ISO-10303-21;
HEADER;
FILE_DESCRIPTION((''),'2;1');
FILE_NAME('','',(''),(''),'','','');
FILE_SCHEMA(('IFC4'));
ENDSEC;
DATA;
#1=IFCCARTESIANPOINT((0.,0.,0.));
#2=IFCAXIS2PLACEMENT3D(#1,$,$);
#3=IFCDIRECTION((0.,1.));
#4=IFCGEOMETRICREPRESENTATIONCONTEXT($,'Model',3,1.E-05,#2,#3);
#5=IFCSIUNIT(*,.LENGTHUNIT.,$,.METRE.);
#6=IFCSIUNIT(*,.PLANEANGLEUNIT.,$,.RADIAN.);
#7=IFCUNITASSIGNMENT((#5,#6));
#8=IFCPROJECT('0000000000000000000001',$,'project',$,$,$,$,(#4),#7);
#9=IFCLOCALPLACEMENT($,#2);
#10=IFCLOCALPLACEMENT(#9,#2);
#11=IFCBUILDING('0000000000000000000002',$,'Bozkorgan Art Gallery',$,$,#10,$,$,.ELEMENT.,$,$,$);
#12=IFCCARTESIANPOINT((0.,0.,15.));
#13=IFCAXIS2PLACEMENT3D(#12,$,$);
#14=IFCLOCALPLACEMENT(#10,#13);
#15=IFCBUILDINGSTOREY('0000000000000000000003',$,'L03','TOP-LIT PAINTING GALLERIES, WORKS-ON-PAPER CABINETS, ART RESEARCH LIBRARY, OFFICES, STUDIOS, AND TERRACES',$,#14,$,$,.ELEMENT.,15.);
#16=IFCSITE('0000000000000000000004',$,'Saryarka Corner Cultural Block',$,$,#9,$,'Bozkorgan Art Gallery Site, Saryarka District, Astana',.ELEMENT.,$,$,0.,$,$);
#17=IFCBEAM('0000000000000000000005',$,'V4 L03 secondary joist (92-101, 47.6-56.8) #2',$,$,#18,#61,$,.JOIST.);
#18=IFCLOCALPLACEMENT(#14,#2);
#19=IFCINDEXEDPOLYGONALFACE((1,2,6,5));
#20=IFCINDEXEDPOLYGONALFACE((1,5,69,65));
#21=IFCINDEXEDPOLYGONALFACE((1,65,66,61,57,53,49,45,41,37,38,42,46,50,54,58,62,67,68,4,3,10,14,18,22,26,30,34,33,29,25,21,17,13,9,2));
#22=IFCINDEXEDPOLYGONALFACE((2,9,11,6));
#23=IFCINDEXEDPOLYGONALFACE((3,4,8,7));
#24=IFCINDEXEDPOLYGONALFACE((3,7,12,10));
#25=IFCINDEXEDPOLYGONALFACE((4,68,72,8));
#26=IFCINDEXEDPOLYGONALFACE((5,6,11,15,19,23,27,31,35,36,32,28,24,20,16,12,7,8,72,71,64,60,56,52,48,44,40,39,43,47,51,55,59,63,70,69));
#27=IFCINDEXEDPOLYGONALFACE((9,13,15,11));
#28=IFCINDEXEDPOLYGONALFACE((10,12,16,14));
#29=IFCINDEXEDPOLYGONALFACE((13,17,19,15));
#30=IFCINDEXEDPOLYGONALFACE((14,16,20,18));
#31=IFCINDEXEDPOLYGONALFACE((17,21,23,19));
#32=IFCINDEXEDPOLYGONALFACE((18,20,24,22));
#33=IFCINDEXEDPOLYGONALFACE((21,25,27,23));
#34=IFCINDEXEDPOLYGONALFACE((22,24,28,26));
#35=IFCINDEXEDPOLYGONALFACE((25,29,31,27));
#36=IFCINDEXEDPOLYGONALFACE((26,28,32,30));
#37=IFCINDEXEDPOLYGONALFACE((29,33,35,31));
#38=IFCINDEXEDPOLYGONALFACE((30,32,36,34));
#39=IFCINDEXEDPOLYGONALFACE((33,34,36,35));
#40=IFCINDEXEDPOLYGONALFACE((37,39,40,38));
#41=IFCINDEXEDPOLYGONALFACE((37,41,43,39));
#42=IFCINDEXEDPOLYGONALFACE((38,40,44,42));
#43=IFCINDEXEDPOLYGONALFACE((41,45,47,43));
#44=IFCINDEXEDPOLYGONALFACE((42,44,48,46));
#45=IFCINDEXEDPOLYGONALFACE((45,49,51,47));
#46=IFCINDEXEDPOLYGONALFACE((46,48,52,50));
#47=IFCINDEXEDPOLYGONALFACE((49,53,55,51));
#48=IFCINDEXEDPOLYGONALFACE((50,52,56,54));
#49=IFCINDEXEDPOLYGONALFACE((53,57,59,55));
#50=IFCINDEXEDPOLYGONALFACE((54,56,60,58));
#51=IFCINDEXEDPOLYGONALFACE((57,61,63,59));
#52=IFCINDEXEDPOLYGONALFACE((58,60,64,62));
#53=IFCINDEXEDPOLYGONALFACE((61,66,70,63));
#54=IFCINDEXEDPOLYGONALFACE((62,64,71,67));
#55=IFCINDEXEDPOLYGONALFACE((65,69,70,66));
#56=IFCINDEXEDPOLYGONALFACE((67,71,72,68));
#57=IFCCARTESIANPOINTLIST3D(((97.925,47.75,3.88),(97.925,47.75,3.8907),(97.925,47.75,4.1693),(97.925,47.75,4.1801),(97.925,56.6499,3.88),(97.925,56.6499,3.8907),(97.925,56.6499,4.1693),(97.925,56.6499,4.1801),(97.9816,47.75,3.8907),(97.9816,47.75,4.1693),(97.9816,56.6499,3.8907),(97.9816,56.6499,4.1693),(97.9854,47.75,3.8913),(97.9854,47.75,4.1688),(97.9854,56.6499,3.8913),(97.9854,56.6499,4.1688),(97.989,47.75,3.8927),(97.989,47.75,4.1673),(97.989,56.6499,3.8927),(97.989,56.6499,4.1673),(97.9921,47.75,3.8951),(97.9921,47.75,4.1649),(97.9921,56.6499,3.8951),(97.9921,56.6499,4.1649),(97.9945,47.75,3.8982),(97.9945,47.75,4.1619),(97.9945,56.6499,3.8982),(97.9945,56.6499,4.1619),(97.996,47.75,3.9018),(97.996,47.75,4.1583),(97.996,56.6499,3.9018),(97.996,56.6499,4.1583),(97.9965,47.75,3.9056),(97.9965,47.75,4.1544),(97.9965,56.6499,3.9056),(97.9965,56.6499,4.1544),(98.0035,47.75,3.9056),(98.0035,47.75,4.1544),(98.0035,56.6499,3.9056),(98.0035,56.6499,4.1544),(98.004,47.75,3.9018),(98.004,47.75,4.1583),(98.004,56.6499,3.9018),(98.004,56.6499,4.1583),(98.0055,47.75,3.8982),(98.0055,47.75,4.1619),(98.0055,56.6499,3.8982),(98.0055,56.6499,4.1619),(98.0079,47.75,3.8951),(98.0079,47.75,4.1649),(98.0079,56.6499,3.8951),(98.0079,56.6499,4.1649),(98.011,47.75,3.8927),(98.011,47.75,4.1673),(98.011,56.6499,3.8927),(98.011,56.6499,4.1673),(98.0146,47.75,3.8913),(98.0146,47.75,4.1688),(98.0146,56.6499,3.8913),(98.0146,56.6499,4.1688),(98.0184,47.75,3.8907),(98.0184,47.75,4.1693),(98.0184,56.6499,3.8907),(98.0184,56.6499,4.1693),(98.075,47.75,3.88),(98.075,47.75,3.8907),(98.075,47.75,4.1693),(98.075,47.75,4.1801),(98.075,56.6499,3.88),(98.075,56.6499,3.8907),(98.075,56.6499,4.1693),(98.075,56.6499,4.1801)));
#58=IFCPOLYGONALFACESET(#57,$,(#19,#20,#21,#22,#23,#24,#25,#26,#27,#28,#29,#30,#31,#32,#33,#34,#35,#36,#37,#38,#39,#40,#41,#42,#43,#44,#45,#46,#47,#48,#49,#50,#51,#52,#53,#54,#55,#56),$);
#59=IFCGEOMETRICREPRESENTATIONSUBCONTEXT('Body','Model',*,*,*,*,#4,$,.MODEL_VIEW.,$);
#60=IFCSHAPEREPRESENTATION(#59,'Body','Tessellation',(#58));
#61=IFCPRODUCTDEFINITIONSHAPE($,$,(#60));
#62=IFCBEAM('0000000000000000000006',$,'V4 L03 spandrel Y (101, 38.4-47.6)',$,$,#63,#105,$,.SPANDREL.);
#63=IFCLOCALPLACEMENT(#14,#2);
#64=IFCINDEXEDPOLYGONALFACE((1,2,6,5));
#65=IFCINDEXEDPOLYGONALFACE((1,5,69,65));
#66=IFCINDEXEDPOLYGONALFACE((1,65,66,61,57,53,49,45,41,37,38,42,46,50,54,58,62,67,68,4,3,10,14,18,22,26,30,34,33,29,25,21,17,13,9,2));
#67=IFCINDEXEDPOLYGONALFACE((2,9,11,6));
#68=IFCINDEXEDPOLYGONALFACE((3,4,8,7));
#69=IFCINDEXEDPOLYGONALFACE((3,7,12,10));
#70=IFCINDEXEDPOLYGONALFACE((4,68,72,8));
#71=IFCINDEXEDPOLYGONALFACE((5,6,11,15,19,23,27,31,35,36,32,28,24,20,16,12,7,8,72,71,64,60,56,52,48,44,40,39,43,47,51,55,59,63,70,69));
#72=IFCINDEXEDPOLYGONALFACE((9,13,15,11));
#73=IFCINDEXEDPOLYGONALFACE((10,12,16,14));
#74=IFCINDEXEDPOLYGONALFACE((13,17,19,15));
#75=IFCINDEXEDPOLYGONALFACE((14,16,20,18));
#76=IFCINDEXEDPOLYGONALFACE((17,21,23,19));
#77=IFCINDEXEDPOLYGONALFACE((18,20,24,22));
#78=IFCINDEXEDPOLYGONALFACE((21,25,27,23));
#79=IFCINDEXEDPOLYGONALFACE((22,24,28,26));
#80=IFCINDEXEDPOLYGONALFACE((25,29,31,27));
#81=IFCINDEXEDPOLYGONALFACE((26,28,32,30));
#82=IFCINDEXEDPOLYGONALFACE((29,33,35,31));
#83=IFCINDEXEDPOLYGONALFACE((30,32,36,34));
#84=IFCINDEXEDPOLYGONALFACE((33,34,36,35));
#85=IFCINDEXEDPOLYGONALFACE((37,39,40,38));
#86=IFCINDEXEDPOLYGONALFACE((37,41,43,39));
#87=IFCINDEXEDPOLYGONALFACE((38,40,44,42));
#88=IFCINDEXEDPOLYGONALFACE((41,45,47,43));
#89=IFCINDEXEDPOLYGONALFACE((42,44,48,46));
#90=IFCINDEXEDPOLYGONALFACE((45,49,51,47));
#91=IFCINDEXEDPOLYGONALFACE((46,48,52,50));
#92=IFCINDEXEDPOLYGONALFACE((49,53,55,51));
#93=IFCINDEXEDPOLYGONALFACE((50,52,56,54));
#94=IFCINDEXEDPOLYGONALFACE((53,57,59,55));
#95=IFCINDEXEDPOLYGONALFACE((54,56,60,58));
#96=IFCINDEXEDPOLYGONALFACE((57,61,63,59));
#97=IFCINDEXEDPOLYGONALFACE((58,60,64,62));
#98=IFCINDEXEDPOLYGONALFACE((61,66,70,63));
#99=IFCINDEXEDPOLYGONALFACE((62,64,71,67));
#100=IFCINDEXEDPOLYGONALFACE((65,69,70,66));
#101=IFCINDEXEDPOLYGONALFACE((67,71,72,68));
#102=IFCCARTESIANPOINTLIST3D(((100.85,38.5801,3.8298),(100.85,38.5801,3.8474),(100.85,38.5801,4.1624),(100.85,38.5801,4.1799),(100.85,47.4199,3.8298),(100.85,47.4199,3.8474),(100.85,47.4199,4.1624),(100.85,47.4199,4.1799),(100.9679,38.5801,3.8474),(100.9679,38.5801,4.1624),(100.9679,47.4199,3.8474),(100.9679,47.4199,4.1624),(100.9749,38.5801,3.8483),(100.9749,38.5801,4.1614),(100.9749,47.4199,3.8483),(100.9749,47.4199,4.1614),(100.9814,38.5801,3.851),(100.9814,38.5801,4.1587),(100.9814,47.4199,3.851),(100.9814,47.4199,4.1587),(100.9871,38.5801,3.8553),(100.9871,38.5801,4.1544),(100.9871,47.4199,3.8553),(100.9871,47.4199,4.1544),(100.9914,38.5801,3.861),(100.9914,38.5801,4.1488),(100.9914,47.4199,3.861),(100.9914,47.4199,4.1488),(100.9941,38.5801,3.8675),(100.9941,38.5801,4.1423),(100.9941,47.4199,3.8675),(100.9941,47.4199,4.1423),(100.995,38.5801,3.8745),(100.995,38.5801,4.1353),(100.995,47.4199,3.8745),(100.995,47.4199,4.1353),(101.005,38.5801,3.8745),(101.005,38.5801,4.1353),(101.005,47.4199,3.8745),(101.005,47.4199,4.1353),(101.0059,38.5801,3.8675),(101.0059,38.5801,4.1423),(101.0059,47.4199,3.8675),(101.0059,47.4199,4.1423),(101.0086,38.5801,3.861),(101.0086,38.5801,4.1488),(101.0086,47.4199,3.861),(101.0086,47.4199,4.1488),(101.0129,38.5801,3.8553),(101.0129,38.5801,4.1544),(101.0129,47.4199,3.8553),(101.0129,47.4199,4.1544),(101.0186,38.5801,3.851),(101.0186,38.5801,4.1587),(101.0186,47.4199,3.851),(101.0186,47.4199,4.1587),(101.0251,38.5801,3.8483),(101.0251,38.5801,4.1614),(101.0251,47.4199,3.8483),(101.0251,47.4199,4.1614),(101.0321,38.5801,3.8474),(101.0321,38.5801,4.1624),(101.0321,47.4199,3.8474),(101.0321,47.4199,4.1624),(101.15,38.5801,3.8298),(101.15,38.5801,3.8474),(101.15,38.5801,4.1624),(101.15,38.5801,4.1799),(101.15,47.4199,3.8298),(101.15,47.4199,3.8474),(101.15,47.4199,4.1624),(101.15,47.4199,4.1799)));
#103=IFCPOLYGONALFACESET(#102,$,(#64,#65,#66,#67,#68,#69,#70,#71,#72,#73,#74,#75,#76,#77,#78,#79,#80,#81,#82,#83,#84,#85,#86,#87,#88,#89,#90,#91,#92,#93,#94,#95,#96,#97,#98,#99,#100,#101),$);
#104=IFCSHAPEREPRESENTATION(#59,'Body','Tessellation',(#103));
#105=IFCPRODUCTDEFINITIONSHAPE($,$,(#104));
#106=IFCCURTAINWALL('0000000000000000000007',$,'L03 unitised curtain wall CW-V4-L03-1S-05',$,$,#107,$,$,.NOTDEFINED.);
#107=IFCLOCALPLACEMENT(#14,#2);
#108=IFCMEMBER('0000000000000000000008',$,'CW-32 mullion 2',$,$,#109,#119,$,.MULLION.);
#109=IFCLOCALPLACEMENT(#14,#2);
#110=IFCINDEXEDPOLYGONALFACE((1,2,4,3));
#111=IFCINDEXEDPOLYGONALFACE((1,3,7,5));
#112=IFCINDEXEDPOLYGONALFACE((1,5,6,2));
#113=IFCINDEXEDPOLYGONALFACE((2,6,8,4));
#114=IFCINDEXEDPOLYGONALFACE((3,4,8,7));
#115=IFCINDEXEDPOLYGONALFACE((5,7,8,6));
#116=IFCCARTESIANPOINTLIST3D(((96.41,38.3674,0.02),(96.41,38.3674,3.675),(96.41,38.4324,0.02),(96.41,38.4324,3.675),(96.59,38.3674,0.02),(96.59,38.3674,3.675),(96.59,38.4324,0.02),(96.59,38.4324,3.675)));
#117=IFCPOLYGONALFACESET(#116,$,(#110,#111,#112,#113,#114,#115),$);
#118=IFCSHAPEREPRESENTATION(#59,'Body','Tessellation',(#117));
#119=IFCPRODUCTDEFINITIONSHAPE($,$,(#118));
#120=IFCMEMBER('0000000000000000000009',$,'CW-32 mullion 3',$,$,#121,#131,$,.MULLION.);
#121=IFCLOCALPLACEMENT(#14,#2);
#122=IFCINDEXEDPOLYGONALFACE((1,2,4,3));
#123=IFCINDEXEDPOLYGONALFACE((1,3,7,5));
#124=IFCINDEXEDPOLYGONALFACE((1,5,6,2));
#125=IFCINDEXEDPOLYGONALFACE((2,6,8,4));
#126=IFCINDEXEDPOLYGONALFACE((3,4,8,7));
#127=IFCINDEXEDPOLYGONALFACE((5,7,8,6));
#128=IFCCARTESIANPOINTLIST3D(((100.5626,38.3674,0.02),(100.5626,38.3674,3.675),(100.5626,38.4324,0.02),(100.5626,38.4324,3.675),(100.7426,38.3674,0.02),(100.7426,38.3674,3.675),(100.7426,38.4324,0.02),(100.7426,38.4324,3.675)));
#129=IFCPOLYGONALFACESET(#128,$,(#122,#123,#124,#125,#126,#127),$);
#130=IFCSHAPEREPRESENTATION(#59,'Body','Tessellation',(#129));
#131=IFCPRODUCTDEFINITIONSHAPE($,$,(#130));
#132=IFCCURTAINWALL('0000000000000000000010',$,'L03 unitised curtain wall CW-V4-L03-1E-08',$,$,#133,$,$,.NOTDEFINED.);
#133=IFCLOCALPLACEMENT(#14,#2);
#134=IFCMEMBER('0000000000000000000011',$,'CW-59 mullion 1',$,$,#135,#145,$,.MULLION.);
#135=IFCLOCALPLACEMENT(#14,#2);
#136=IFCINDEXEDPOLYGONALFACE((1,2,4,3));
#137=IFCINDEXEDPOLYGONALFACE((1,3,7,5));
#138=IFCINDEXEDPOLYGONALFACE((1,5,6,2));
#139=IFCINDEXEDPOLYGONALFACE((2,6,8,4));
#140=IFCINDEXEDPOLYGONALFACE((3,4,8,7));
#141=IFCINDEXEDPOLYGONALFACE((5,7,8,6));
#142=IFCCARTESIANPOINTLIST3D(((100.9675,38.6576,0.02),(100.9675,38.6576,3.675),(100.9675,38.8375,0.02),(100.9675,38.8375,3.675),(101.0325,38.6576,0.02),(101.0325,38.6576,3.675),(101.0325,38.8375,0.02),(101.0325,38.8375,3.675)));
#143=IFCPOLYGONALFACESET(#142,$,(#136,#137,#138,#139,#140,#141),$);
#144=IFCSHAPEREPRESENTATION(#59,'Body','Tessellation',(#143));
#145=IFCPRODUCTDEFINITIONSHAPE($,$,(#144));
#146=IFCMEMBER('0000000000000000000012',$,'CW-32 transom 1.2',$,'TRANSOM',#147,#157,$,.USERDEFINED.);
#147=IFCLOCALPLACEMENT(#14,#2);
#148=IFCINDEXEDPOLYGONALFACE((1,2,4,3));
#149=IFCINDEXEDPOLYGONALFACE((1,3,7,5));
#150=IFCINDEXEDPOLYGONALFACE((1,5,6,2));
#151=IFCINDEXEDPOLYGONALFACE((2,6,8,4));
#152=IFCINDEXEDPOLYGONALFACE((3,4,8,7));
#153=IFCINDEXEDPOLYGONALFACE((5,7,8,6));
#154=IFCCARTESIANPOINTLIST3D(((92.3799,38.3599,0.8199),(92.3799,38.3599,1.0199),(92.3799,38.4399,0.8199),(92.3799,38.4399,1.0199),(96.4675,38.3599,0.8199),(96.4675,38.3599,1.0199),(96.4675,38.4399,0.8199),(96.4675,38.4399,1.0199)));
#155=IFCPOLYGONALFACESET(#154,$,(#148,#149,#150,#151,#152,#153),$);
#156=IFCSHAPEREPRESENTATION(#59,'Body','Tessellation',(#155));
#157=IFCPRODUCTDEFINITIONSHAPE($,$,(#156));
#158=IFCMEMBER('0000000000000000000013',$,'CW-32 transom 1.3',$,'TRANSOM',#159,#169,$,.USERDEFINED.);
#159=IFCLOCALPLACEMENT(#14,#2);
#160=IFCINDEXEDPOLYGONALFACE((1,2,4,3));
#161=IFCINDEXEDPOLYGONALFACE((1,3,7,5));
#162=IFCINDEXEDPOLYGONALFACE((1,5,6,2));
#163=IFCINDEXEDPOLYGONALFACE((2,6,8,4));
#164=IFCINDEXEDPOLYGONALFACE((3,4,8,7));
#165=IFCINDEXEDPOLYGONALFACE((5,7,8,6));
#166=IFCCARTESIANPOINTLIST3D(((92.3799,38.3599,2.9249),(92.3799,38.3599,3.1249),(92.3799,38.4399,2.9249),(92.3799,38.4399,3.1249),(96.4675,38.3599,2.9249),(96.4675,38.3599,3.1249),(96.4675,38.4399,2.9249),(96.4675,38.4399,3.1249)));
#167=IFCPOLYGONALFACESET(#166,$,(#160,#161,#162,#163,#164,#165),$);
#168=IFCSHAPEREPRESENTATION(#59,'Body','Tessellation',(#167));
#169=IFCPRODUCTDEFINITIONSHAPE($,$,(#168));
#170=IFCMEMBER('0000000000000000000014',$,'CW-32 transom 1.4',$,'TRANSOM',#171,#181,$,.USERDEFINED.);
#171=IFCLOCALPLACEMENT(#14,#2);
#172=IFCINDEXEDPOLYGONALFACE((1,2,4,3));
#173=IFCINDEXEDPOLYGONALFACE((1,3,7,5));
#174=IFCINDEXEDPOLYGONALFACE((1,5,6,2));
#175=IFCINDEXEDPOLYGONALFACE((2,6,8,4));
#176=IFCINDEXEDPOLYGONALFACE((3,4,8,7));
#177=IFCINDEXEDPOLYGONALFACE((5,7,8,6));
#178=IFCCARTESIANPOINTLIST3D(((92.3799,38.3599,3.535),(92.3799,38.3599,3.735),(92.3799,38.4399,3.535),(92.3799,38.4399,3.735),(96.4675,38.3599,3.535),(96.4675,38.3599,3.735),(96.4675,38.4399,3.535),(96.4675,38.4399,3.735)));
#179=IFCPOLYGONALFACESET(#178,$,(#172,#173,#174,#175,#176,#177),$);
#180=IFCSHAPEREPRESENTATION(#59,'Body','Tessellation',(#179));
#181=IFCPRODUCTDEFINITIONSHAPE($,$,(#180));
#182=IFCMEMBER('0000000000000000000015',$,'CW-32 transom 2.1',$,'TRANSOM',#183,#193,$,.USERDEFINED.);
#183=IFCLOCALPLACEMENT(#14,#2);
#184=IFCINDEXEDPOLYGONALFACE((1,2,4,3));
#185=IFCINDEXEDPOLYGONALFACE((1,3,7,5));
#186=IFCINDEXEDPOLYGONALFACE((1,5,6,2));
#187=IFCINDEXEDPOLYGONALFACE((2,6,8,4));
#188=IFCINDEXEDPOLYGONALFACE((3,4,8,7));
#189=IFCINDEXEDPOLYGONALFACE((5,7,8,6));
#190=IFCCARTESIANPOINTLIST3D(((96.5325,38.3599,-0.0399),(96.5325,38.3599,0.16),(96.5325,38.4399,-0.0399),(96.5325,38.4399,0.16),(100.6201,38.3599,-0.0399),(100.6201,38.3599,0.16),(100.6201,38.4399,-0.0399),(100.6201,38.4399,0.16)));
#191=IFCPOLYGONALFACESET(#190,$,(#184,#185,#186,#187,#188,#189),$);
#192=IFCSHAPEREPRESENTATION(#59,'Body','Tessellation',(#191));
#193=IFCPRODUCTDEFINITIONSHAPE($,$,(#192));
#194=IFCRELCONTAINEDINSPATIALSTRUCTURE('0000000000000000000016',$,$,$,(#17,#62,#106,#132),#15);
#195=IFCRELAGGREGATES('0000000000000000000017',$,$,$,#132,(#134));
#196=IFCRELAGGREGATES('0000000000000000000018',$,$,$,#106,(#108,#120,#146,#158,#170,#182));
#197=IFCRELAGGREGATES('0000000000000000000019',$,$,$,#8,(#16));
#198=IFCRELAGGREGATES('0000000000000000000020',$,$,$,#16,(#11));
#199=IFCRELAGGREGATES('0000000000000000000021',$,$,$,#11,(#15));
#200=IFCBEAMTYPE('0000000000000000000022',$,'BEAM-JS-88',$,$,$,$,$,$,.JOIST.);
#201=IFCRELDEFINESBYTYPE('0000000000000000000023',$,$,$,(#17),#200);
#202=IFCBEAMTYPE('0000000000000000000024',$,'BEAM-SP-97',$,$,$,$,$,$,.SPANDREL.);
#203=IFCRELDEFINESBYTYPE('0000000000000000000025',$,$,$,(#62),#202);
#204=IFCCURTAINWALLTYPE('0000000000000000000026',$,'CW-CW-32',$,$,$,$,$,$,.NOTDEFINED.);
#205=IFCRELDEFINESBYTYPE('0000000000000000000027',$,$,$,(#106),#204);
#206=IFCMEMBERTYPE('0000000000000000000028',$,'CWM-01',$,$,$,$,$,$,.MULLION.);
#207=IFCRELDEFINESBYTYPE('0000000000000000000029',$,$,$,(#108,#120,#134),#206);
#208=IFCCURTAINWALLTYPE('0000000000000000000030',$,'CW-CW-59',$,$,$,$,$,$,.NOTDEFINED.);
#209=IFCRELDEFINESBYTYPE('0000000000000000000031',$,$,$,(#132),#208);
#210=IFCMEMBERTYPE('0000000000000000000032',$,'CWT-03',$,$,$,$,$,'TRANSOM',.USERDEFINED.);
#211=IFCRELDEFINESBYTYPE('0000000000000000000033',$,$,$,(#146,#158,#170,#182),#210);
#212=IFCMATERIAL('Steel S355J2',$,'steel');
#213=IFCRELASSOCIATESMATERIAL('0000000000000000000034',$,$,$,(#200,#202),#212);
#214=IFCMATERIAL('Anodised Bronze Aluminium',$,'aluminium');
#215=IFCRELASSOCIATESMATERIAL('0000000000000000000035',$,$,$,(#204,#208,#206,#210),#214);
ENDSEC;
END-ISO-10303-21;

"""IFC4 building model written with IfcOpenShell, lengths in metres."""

from ifc_helpers import new_model, si_unit, direction, frame, origin, origin_2d, place, context, subcontext, project, spatial, rectangle, i_section, extrude, material, material_profile, profile_set, type_object, element, aggregate, save


model = new_model("IFC4")

# Units and contexts
model_context = context("Model", 3, precision=1e-05, world=origin(), true_north=direction((0.0, 1.0)))
body_context = subcontext(model_context, "Body", "Model", "MODEL_VIEW")
ifc_project = project(units=[si_unit("LENGTHUNIT", "METRE"), si_unit("PLANEANGLEUNIT", "RADIAN")], contexts=[model_context])

# Site, building, storey
site_placement = place(None, origin())
site = spatial("IfcSite", under=ifc_project, at=site_placement, Name="Saryarka Corner Cultural Block", LongName="Bozkorgan Art Gallery Site, Saryarka District, Astana", CompositionType="ELEMENT", RefElevation=0.0)
building_placement = place(site_placement, origin())
building = spatial("IfcBuilding", under=site, at=building_placement, Name="Bozkorgan Art Gallery", CompositionType="ELEMENT")
storey_placement = place(building_placement, frame((0.0, 0.0, 15.0)))
storey = spatial("IfcBuildingStorey", under=building, at=storey_placement, Name="L03", Description="TOP-LIT PAINTING GALLERIES, WORKS-ON-PAPER CABINETS, ART RESEARCH LIBRARY, OFFICES, STUDIOS, AND TERRACES", CompositionType="ELEMENT", Elevation=15.0)

# Shared definitions
ifc_material_1 = material(Name="Steel S355J2", Category="steel")

# Beams
ifc_material_profile_1 = material_profile(ifc_material_1, i_section(OverallWidth=0.1499, OverallDepth=0.3, WebThickness=0.0071, FlangeThickness=0.0107, FilletRadius=0.0149, at=origin_2d()), Name="IPE 300")
ifc_profile_set_1 = profile_set([ifc_material_profile_1], Name="Steel S355J2")
beam_type_1 = type_object("IfcBeamType", Name="BEAM-JS-88", PredefinedType="JOIST", material=ifc_profile_set_1)
for number, where, z_axis, x_axis, name in (
    (1, (98.0, 47.75, 4.03), (0.0, 1.0, 0.0), (-1.0, 0.0, 0.0), "V4 L03 secondary joist (92-101, 47.6-56.8) #2"),
):
    element("IfcBeam", number, at=place(storey_placement, frame(where, z_axis=z_axis, x_axis=x_axis)), inside=storey, type_object=beam_type_1, Name=name, PredefinedType="JOIST", context=body_context, shape_type="SweptSolid", body=[
        extrude(i_section(OverallWidth=0.1499, OverallDepth=0.3, WebThickness=0.0071, FlangeThickness=0.0107, FilletRadius=0.0149, at=origin_2d()), origin(), (0.0, 0.0, 1.0), 8.8999),
    ])
ifc_material_profile_2 = material_profile(ifc_material_1, i_section(OverallWidth=0.3, OverallDepth=0.3501, WebThickness=0.01, FlangeThickness=0.0176, FilletRadius=0.0271, at=origin_2d()), Name="HEA 360")
ifc_profile_set_2 = profile_set([ifc_material_profile_2], Name="Steel S355J2")
beam_type_2 = type_object("IfcBeamType", Name="BEAM-SP-97", PredefinedType="SPANDREL", material=ifc_profile_set_2)
beam_placement = place(storey_placement, frame((101.0, 38.5801, 4.0049), z_axis=(0.0, 1.0, 0.0), x_axis=(-1.0, 0.0, 0.0)))
element("IfcBeam", 2, at=beam_placement, inside=storey, type_object=beam_type_2, Name="V4 L03 spandrel Y (101, 38.4-47.6)", PredefinedType="SPANDREL", context=body_context, shape_type="SweptSolid", body=[
    extrude(i_section(OverallWidth=0.3, OverallDepth=0.3501, WebThickness=0.01, FlangeThickness=0.0176, FilletRadius=0.0271, at=origin_2d()), origin(), (0.0, 0.0, 1.0), 8.8398),
])

# Curtain wall, members
ifc_material_2 = material(Name="Anodised Bronze Aluminium", Category="aluminium")
curtain_wall_type_1 = type_object("IfcCurtainWallType", Name="CW-CW-32", PredefinedType="NOTDEFINED", material=ifc_material_2)
curtain_wall_1_placement = place(storey_placement, origin())
curtain_wall_1 = element("IfcCurtainWall", 3, at=curtain_wall_1_placement, inside=storey, type_object=curtain_wall_type_1, Name="L03 unitised curtain wall CW-V4-L03-1S-05", PredefinedType="NOTDEFINED")
ifc_material_profile_3 = material_profile(ifc_material_2, rectangle(XDim=0.0649, YDim=0.1799, at=origin_2d()), Name="ALU MULLION 65x180")
ifc_profile_set_3 = profile_set([ifc_material_profile_3], Name="Anodised Bronze Aluminium")
member_type_1 = type_object("IfcMemberType", Name="CWM-01", PredefinedType="MULLION", material=ifc_profile_set_3)
member_1_placement = place(storey_placement, frame((96.5, 38.3999, 0.02), z_axis=(0.0, 0.0, 1.0), x_axis=(0.0, 1.0, 0.0)))
member_1 = element("IfcMember", 4, at=member_1_placement, type_object=member_type_1, Name="CW-32 mullion 2", PredefinedType="MULLION", context=body_context, shape_type="SweptSolid", body=[
    extrude(rectangle(XDim=0.0649, YDim=0.1799, at=origin_2d()), origin(), (0.0, 0.0, 1.0), 3.655),
])
member_2_placement = place(storey_placement, frame((100.6526, 38.3999, 0.02), z_axis=(0.0, 0.0, 1.0), x_axis=(0.0, 1.0, 0.0)))
member_2 = element("IfcMember", 5, at=member_2_placement, type_object=member_type_1, Name="CW-32 mullion 3", PredefinedType="MULLION", context=body_context, shape_type="SweptSolid", body=[
    extrude(rectangle(XDim=0.0649, YDim=0.1799, at=origin_2d()), origin(), (0.0, 0.0, 1.0), 3.655),
])

# Curtain wall, member
curtain_wall_type_2 = type_object("IfcCurtainWallType", Name="CW-CW-59", PredefinedType="NOTDEFINED", material=ifc_material_2)
curtain_wall_2_placement = place(storey_placement, origin())
curtain_wall_2 = element("IfcCurtainWall", 6, at=curtain_wall_2_placement, inside=storey, type_object=curtain_wall_type_2, Name="L03 unitised curtain wall CW-V4-L03-1E-08", PredefinedType="NOTDEFINED")
member_3_placement = place(storey_placement, frame((101.0, 38.7476, 0.02), z_axis=(0.0, 0.0, 1.0), x_axis=(-1.0, 0.0, 0.0)))
member_3 = element("IfcMember", 7, at=member_3_placement, type_object=member_type_1, Name="CW-59 mullion 1", PredefinedType="MULLION", context=body_context, shape_type="SweptSolid", body=[
    extrude(rectangle(XDim=0.0649, YDim=0.1799, at=origin_2d()), origin(), (0.0, 0.0, 1.0), 3.655),
])
aggregate(curtain_wall_2, [member_3])

# Members
ifc_material_profile_4 = material_profile(ifc_material_2, rectangle(XDim=0.0801, YDim=0.2, at=origin_2d()), Name="ALU TRANSOM 80x200")
ifc_profile_set_4 = profile_set([ifc_material_profile_4], Name="Anodised Bronze Aluminium")
member_type_2 = type_object("IfcMemberType", Name="CWT-03", ElementType="TRANSOM", PredefinedType="USERDEFINED", material=ifc_profile_set_4)
member_4_placement = place(storey_placement, frame((92.3799, 38.3999, 0.9199), z_axis=(1.0, 0.0, 0.0), x_axis=(0.0, 1.0, 0.0)))
member_4 = element("IfcMember", 8, at=member_4_placement, type_object=member_type_2, Name="CW-32 transom 1.2", ObjectType="TRANSOM", PredefinedType="USERDEFINED", context=body_context, shape_type="SweptSolid", body=[
    extrude(rectangle(XDim=0.0801, YDim=0.2, at=origin_2d()), origin(), (0.0, 0.0, 1.0), 4.0876),
])
member_5_placement = place(storey_placement, frame((92.3799, 38.3999, 3.0249), z_axis=(1.0, 0.0, 0.0), x_axis=(0.0, 1.0, 0.0)))
member_5 = element("IfcMember", 9, at=member_5_placement, type_object=member_type_2, Name="CW-32 transom 1.3", ObjectType="TRANSOM", PredefinedType="USERDEFINED", context=body_context, shape_type="SweptSolid", body=[
    extrude(rectangle(XDim=0.0801, YDim=0.2, at=origin_2d()), origin(), (0.0, 0.0, 1.0), 4.0876),
])
member_6_placement = place(storey_placement, frame((92.3799, 38.3999, 3.635), z_axis=(1.0, 0.0, 0.0), x_axis=(0.0, 1.0, 0.0)))
member_6 = element("IfcMember", 10, at=member_6_placement, type_object=member_type_2, Name="CW-32 transom 1.4", ObjectType="TRANSOM", PredefinedType="USERDEFINED", context=body_context, shape_type="SweptSolid", body=[
    extrude(rectangle(XDim=0.0801, YDim=0.2, at=origin_2d()), origin(), (0.0, 0.0, 1.0), 4.0876),
])
member_7_placement = place(storey_placement, frame((96.5325, 38.3999, 0.0601), z_axis=(1.0, 0.0, 0.0), x_axis=(0.0, 1.0, 0.0)))
member_7 = element("IfcMember", 11, at=member_7_placement, type_object=member_type_2, Name="CW-32 transom 2.1", ObjectType="TRANSOM", PredefinedType="USERDEFINED", context=body_context, shape_type="SweptSolid", body=[
    extrude(rectangle(XDim=0.0801, YDim=0.2, at=origin_2d()), origin(), (0.0, 0.0, 1.0), 4.0876),
])

aggregate(curtain_wall_1, [member_1, member_2, member_4, member_5, member_6, member_7])

save(model, "model.ifc")
